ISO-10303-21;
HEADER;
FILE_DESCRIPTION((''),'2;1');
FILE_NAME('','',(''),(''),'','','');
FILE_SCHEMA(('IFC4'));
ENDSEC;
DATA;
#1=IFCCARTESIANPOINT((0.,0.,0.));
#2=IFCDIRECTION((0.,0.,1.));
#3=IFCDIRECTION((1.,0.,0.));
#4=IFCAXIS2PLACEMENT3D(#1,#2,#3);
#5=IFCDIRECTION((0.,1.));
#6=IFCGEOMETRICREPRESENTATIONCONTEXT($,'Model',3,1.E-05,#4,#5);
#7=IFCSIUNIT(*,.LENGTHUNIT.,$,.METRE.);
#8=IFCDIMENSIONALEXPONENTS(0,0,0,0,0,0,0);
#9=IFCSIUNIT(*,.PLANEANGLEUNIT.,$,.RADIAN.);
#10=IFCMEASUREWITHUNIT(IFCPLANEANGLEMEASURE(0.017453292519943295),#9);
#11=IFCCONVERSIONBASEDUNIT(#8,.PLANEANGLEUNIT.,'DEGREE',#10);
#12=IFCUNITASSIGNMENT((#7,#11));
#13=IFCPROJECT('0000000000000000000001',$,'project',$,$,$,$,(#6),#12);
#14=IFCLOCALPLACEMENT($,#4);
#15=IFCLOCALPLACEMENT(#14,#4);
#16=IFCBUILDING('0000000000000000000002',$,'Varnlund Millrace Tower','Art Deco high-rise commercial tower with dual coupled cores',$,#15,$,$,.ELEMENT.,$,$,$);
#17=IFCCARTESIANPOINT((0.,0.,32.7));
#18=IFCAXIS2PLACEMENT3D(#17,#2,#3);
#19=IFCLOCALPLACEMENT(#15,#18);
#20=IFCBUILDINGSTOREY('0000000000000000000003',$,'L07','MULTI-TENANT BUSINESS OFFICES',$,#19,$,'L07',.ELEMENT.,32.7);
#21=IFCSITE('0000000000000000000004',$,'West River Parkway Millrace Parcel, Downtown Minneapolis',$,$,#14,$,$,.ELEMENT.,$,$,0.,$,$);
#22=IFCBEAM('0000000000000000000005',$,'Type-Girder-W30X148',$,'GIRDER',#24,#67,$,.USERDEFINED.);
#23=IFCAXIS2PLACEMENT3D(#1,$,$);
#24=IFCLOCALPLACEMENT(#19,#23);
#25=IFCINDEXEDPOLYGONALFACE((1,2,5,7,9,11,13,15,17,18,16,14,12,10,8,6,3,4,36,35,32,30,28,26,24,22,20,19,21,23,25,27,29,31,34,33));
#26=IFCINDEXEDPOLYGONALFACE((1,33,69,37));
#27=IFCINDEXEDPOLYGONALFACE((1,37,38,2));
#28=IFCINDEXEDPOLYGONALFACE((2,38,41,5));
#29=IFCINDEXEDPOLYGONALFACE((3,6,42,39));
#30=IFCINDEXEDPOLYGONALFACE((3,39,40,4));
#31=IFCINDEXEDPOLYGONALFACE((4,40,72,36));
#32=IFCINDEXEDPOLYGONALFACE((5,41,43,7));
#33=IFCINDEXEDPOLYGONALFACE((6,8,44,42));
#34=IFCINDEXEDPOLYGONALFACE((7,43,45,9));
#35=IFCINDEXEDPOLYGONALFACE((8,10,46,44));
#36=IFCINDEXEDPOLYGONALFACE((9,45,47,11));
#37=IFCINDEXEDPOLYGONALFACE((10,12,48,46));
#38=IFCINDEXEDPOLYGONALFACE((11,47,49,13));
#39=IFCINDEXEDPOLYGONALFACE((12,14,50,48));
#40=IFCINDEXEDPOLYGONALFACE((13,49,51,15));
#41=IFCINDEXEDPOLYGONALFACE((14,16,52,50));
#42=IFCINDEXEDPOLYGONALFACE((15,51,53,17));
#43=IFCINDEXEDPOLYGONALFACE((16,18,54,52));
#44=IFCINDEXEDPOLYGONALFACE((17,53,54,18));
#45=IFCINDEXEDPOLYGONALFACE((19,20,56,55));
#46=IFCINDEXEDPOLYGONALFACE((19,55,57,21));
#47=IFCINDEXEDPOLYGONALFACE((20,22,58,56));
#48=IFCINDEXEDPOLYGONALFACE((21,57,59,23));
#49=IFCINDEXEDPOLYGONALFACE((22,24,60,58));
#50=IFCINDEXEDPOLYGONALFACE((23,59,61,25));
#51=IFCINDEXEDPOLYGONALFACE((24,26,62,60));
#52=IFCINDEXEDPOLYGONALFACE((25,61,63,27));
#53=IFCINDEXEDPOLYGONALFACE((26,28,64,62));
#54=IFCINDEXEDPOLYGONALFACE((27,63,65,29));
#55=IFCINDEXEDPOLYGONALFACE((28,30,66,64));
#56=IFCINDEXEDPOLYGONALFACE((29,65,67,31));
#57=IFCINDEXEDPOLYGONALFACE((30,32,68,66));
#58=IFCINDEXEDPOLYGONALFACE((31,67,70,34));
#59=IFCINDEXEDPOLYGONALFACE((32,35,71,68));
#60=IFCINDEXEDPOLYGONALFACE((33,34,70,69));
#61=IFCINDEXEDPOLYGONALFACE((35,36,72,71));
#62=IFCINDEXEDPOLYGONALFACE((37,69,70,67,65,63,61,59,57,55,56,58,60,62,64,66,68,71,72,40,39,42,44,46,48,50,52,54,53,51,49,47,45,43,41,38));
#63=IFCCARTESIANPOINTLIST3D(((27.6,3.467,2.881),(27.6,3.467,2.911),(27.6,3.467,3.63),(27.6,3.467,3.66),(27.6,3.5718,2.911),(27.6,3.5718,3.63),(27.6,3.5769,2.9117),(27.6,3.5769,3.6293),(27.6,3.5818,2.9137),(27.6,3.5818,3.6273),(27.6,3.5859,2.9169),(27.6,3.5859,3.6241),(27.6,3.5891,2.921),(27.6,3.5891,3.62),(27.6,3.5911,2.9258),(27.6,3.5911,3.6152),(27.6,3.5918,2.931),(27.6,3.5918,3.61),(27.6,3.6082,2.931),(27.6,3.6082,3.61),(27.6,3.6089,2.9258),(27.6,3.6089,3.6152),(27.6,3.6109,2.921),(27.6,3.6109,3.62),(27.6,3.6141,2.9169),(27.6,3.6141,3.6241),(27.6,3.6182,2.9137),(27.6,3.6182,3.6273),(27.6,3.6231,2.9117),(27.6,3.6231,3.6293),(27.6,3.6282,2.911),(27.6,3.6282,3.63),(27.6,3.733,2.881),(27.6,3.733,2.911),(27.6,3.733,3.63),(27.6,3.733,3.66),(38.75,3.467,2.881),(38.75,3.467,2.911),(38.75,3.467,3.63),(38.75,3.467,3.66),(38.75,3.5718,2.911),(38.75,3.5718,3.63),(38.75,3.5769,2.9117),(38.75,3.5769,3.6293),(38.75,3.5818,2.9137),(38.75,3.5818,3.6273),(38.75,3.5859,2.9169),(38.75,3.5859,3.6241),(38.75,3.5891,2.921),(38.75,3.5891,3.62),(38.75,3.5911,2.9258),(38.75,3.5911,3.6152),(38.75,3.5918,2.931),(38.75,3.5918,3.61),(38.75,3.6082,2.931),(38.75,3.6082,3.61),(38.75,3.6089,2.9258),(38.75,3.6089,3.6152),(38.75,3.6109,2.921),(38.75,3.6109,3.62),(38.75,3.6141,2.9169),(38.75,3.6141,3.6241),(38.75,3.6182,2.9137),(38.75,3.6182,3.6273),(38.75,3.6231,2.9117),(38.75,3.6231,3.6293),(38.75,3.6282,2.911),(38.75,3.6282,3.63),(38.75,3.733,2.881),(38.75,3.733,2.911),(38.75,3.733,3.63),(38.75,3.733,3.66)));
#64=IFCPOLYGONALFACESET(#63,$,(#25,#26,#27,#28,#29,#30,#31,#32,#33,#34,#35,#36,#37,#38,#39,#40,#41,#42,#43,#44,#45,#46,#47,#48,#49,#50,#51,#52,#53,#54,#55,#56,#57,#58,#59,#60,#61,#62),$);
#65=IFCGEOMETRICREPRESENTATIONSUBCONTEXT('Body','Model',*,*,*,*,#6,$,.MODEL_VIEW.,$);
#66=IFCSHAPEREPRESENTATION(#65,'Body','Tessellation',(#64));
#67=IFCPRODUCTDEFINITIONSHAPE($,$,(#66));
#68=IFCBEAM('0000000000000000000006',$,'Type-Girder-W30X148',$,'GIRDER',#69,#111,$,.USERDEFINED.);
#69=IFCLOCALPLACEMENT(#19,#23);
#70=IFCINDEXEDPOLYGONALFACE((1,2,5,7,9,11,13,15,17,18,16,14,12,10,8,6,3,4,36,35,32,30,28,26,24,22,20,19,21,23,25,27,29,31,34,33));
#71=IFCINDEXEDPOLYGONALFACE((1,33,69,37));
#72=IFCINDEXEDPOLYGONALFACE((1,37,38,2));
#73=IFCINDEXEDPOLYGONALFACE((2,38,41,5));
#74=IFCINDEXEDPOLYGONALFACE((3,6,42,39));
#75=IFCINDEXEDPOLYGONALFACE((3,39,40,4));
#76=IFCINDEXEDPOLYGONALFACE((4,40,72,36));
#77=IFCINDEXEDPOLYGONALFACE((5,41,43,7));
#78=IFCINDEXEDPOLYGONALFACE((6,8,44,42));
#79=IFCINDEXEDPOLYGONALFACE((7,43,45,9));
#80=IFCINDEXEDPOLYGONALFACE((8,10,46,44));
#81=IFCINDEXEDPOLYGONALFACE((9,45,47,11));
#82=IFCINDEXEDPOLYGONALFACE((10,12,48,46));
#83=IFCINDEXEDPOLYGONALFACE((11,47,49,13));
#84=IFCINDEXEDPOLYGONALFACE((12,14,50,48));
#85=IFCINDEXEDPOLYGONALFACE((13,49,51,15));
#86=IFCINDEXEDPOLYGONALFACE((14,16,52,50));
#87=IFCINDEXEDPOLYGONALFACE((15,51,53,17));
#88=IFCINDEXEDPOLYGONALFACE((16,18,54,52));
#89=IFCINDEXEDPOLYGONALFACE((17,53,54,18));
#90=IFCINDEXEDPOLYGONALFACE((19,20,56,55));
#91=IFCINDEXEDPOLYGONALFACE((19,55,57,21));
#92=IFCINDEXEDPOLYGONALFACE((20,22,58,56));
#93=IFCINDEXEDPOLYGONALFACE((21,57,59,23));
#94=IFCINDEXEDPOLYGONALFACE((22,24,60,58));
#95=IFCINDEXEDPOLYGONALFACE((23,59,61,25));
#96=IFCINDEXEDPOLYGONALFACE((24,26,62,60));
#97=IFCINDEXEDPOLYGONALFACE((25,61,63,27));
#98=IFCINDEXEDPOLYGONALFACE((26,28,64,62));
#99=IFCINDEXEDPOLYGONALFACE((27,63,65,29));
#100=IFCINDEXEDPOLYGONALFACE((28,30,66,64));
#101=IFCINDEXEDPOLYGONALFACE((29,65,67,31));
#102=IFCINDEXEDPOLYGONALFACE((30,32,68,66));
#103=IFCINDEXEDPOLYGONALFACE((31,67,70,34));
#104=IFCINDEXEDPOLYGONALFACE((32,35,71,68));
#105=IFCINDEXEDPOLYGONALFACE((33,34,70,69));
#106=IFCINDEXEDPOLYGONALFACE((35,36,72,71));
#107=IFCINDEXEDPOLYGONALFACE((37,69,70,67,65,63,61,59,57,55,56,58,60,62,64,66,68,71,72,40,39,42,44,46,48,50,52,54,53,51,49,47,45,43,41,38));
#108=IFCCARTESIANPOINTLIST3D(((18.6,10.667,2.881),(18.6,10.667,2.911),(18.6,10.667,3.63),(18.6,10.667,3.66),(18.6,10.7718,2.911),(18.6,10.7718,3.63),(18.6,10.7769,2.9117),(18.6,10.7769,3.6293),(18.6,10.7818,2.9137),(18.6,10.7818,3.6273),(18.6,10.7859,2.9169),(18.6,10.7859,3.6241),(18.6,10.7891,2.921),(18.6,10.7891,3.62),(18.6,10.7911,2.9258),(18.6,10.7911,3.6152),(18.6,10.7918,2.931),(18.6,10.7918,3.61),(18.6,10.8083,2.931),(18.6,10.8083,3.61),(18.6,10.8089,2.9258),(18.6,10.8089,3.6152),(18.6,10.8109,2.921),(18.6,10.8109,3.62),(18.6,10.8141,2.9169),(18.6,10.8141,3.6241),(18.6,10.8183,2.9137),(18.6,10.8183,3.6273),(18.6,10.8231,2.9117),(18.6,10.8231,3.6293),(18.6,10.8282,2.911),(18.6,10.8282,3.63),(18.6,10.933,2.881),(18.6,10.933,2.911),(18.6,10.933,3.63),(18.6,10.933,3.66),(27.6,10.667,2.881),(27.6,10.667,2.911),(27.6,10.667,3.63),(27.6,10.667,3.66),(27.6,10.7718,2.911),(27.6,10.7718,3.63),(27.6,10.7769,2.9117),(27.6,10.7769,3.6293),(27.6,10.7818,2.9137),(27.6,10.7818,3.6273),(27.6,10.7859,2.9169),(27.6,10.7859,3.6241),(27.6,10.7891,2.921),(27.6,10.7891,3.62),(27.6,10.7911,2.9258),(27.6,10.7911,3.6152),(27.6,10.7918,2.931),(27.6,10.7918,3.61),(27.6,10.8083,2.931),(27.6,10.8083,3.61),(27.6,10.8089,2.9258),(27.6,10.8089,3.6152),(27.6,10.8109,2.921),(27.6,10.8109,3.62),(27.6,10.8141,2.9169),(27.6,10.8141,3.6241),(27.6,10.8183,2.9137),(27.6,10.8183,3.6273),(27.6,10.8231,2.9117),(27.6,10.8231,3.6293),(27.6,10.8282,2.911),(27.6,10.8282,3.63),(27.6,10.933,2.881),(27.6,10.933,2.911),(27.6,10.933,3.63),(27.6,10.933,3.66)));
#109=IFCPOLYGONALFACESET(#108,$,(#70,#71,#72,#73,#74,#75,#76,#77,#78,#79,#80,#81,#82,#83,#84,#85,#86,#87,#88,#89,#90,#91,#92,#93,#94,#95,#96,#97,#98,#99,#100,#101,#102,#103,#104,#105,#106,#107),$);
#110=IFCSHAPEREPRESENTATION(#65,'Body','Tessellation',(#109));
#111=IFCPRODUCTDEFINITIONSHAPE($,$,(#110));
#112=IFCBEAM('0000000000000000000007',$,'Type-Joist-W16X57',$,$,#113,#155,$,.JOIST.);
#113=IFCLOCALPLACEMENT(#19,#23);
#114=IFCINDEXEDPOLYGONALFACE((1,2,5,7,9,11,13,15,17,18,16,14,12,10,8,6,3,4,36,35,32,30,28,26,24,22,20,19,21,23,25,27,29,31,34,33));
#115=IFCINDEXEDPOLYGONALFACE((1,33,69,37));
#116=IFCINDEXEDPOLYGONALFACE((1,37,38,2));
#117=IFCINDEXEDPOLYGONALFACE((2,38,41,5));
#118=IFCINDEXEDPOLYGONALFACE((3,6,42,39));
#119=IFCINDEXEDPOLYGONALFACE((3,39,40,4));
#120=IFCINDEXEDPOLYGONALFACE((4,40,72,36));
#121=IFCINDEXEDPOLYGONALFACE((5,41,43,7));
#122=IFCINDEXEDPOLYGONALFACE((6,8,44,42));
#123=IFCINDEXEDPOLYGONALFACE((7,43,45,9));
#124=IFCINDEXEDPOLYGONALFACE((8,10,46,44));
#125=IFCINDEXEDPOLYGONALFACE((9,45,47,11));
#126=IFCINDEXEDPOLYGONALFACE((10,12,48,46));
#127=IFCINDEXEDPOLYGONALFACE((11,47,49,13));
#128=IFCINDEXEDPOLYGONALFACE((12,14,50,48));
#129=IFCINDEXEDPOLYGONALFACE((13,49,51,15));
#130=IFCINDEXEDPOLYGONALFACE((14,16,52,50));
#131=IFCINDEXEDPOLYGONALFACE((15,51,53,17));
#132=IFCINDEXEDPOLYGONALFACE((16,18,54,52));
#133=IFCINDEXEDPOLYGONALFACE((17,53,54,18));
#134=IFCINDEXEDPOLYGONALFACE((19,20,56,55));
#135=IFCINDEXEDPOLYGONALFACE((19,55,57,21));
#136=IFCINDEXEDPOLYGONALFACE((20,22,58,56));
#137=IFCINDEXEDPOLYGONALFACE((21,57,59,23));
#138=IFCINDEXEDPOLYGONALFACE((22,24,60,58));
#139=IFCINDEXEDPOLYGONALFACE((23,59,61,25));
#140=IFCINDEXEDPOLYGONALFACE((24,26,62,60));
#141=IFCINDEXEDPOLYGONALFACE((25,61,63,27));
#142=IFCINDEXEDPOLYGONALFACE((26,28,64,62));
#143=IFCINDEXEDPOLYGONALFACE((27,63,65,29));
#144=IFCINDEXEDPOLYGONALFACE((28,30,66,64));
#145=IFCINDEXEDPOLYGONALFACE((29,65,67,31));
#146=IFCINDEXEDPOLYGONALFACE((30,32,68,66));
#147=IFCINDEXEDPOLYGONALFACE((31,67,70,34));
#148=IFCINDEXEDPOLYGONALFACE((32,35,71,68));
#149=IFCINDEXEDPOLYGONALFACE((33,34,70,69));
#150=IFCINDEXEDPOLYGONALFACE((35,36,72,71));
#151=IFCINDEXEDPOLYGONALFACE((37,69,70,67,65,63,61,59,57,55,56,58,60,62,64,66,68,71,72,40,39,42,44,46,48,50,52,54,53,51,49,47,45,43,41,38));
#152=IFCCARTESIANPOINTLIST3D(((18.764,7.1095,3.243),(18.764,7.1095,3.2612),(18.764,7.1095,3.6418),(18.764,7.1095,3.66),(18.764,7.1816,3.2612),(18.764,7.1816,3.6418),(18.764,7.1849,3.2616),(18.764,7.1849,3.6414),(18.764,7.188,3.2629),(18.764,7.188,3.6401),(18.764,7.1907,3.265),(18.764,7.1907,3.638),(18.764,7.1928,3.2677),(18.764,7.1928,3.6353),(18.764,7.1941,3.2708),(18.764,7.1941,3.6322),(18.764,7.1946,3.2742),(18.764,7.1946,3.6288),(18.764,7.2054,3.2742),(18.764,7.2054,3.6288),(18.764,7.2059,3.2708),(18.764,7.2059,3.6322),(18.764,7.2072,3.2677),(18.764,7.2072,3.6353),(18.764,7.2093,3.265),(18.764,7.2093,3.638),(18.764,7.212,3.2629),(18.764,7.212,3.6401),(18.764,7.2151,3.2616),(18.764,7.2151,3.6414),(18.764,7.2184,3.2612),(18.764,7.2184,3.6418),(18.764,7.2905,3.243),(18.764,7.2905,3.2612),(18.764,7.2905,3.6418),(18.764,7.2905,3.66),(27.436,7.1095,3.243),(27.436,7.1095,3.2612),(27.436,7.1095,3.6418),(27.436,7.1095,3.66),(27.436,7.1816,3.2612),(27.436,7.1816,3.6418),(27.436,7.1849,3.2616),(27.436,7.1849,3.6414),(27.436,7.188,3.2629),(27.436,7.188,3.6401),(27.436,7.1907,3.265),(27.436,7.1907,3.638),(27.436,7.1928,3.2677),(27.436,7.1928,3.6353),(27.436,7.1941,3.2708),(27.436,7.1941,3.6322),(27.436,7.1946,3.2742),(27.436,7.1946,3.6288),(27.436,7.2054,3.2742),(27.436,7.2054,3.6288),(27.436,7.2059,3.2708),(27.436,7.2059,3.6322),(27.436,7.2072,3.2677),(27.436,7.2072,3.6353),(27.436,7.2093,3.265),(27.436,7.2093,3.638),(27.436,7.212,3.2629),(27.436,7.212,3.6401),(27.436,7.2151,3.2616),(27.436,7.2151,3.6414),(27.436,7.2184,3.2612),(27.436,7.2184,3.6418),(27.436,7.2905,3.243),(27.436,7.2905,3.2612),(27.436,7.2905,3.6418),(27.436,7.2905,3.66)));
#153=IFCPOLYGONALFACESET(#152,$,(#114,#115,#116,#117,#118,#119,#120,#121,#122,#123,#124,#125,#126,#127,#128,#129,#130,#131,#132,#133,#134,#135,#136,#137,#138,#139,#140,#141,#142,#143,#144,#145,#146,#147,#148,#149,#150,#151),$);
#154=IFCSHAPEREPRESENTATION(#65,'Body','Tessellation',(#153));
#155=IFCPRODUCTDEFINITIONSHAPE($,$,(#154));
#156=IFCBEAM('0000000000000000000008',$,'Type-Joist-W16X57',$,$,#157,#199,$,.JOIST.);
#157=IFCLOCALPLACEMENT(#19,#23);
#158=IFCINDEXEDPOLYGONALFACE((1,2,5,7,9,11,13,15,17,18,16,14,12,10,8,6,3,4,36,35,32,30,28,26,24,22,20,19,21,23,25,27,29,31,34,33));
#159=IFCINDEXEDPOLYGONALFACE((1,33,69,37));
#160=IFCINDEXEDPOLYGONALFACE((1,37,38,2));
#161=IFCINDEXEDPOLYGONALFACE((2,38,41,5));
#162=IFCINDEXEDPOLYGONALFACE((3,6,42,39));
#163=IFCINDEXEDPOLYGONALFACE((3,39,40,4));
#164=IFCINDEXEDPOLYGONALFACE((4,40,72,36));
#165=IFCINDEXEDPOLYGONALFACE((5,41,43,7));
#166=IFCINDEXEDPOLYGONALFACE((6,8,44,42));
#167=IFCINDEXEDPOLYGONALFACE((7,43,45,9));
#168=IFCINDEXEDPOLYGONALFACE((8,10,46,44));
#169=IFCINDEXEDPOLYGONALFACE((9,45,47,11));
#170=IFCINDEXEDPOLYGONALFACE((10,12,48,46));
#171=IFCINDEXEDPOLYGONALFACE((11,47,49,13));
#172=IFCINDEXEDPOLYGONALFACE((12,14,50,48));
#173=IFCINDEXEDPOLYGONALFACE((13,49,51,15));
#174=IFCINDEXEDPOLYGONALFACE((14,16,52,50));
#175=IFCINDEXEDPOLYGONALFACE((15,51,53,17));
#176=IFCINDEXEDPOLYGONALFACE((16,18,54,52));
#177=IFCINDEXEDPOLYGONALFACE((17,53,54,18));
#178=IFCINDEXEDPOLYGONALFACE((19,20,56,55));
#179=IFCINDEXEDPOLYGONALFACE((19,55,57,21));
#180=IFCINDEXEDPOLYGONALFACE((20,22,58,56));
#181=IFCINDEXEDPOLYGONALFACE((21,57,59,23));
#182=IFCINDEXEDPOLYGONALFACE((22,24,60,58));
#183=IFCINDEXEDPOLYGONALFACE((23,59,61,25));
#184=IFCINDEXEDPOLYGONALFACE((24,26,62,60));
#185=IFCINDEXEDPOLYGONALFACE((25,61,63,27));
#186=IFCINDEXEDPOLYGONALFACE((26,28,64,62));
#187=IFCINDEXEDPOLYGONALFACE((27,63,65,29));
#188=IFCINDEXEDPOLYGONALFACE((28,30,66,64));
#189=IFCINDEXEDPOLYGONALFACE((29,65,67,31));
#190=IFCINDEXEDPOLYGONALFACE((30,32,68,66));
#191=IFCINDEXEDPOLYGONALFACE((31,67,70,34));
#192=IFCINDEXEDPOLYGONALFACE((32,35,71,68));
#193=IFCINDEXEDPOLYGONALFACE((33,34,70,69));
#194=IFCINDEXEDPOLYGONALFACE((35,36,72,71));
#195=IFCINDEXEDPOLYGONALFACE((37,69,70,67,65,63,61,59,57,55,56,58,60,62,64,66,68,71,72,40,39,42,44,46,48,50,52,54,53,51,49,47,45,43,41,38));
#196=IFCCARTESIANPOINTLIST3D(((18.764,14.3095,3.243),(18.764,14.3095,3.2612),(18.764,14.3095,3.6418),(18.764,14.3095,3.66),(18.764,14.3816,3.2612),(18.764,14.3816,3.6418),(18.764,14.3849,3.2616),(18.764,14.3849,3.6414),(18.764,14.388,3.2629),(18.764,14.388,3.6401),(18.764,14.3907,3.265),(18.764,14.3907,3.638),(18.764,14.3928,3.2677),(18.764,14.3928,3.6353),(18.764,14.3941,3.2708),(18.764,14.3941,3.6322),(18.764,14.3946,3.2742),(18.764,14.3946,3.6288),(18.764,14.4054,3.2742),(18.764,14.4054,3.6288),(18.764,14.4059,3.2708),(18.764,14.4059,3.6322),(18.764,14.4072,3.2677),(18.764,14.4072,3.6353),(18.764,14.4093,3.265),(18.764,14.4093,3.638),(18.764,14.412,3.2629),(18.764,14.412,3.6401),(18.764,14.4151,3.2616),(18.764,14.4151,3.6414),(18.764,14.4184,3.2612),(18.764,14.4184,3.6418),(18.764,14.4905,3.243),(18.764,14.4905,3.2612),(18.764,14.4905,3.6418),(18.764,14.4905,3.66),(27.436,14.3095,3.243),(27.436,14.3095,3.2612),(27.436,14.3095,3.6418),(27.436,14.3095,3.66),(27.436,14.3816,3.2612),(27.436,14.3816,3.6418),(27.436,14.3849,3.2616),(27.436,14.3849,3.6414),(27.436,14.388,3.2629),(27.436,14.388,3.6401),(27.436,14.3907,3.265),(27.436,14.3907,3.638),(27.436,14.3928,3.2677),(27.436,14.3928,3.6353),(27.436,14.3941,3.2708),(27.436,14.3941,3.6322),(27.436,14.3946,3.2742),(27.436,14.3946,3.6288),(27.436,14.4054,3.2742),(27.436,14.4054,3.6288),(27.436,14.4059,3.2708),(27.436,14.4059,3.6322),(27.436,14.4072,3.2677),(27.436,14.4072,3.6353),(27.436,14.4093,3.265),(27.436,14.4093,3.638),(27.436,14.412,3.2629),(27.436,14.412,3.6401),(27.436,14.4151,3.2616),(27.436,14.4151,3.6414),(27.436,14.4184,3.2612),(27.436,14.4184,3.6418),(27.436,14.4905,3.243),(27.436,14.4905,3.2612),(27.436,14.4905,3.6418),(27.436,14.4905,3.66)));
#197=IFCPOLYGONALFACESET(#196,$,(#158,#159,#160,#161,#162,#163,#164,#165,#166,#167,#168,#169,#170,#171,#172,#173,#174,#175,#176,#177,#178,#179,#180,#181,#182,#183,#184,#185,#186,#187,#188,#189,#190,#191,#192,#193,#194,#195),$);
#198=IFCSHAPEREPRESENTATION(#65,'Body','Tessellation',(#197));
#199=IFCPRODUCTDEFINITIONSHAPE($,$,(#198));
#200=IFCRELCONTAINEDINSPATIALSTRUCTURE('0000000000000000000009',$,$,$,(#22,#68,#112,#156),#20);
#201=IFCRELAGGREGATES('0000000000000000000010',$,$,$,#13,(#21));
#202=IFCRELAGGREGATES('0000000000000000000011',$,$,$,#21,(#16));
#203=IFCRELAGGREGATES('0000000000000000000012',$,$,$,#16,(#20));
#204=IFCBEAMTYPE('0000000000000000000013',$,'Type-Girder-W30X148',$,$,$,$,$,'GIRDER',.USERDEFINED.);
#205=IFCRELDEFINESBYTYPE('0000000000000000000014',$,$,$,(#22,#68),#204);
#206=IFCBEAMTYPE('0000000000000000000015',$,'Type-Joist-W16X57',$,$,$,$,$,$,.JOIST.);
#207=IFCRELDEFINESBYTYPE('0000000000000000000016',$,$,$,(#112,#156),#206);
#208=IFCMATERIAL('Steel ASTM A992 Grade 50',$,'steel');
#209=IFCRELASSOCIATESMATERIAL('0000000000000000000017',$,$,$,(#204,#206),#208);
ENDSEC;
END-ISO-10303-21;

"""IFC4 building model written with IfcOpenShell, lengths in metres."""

from ifc_helpers import new_model, entity, si_unit, converted_unit, direction, frame, origin_with_axes, origin_2d_with_axis, place, context, subcontext, project, spatial, i_section, extrude, material, material_profile, profile_set, type_object, element, save


model = new_model("IFC4")

# Units and contexts
model_context = context("Model", 3, precision=1e-05, world=origin_with_axes(), true_north=direction((0.0, 1.0)))
body_context = subcontext(model_context, "Body", "Model", "MODEL_VIEW")
ifc_project = project(units=[si_unit("LENGTHUNIT", "METRE"), converted_unit("PLANEANGLEUNIT", "DEGREE", entity("IfcPlaneAngleMeasure", 0.017453292519943295), si_unit("PLANEANGLEUNIT", "RADIAN"), dimensions=[0, 0, 0, 0, 0, 0, 0])], contexts=[model_context])

# Site, building, storey
site_placement = place(None, origin_with_axes())
site = spatial("IfcSite", under=ifc_project, at=site_placement, Name="West River Parkway Millrace Parcel, Downtown Minneapolis", CompositionType="ELEMENT", RefElevation=0.0)
building_placement = place(site_placement, origin_with_axes())
building = spatial("IfcBuilding", under=site, at=building_placement, Name="Varnlund Millrace Tower", Description="Art Deco high-rise commercial tower with dual coupled cores", CompositionType="ELEMENT")
storey_placement = place(building_placement, frame((0.0, 0.0, 32.7), z_axis=(0.0, 0.0, 1.0), x_axis=(1.0, 0.0, 0.0)))
storey = spatial("IfcBuildingStorey", under=building, at=storey_placement, Name="L07", Description="MULTI-TENANT BUSINESS OFFICES", LongName="L07", CompositionType="ELEMENT", Elevation=32.7)

# Beams
ifc_material_1 = material(Name="Steel ASTM A992 Grade 50", Category="steel")
ifc_material_profile_1 = material_profile(ifc_material_1, i_section(OverallWidth=0.266, OverallDepth=0.779, WebThickness=0.0165, FlangeThickness=0.03, FilletRadius=0.02, at=origin_2d_with_axis()), Name="Steel ASTM A992 Grade 50")
ifc_profile_set_1 = profile_set([ifc_material_profile_1], Name="Steel ASTM A992 Grade 50")
beam_type_1 = type_object("IfcBeamType", Name="Type-Girder-W30X148", ElementType="GIRDER", PredefinedType="USERDEFINED", material=ifc_profile_set_1)
beam_1_placement = place(storey_placement, frame((27.6, 3.6, 3.2705), z_axis=(1.0, 0.0, 0.0), x_axis=(0.0, 1.0, 0.0)))
element("IfcBeam", 1, at=beam_1_placement, inside=storey, type_object=beam_type_1, Name="Type-Girder-W30X148", ObjectType="GIRDER", PredefinedType="USERDEFINED", context=body_context, shape_type="SweptSolid", body=[
    extrude(i_section(OverallWidth=0.266, OverallDepth=0.779, WebThickness=0.0165, FlangeThickness=0.03, FilletRadius=0.02, at=origin_2d_with_axis()), origin_with_axes(), (0.0, 0.0, 1.0), 11.15),
])
beam_2_placement = place(storey_placement, frame((18.6, 10.8, 3.2705), z_axis=(1.0, 0.0, 0.0), x_axis=(0.0, 1.0, 0.0)))
element("IfcBeam", 2, at=beam_2_placement, inside=storey, type_object=beam_type_1, Name="Type-Girder-W30X148", ObjectType="GIRDER", PredefinedType="USERDEFINED", context=body_context, shape_type="SweptSolid", body=[
    extrude(i_section(OverallWidth=0.266, OverallDepth=0.779, WebThickness=0.0165, FlangeThickness=0.03, FilletRadius=0.02, at=origin_2d_with_axis()), origin_with_axes(), (0.0, 0.0, 1.0), 9.0),
])
ifc_material_profile_2 = material_profile(ifc_material_1, i_section(OverallWidth=0.181, OverallDepth=0.417, WebThickness=0.0109, FlangeThickness=0.0182, FilletRadius=0.013, at=origin_2d_with_axis()), Name="Steel ASTM A992 Grade 50")
ifc_profile_set_2 = profile_set([ifc_material_profile_2], Name="Steel ASTM A992 Grade 50")
beam_type_2 = type_object("IfcBeamType", Name="Type-Joist-W16X57", PredefinedType="JOIST", material=ifc_profile_set_2)
for number, where, z_axis, x_axis, name in (
    (3, (18.764, 7.2, 3.4515), (1.0, 0.0, 0.0), (0.0, 1.0, 0.0), "Type-Joist-W16X57"),
    (4, (18.764, 14.4, 3.4515), (1.0, 0.0, 0.0), (0.0, 1.0, 0.0), "Type-Joist-W16X57"),
):
    element("IfcBeam", number, at=place(storey_placement, frame(where, z_axis=z_axis, x_axis=x_axis)), inside=storey, type_object=beam_type_2, Name=name, PredefinedType="JOIST", context=body_context, shape_type="SweptSolid", body=[
        extrude(i_section(OverallWidth=0.181, OverallDepth=0.417, WebThickness=0.0109, FlangeThickness=0.0182, FilletRadius=0.013, at=origin_2d_with_axis()), origin_with_axes(), (0.0, 0.0, 1.0), 8.672),
    ])

save(model, "model.ifc")
